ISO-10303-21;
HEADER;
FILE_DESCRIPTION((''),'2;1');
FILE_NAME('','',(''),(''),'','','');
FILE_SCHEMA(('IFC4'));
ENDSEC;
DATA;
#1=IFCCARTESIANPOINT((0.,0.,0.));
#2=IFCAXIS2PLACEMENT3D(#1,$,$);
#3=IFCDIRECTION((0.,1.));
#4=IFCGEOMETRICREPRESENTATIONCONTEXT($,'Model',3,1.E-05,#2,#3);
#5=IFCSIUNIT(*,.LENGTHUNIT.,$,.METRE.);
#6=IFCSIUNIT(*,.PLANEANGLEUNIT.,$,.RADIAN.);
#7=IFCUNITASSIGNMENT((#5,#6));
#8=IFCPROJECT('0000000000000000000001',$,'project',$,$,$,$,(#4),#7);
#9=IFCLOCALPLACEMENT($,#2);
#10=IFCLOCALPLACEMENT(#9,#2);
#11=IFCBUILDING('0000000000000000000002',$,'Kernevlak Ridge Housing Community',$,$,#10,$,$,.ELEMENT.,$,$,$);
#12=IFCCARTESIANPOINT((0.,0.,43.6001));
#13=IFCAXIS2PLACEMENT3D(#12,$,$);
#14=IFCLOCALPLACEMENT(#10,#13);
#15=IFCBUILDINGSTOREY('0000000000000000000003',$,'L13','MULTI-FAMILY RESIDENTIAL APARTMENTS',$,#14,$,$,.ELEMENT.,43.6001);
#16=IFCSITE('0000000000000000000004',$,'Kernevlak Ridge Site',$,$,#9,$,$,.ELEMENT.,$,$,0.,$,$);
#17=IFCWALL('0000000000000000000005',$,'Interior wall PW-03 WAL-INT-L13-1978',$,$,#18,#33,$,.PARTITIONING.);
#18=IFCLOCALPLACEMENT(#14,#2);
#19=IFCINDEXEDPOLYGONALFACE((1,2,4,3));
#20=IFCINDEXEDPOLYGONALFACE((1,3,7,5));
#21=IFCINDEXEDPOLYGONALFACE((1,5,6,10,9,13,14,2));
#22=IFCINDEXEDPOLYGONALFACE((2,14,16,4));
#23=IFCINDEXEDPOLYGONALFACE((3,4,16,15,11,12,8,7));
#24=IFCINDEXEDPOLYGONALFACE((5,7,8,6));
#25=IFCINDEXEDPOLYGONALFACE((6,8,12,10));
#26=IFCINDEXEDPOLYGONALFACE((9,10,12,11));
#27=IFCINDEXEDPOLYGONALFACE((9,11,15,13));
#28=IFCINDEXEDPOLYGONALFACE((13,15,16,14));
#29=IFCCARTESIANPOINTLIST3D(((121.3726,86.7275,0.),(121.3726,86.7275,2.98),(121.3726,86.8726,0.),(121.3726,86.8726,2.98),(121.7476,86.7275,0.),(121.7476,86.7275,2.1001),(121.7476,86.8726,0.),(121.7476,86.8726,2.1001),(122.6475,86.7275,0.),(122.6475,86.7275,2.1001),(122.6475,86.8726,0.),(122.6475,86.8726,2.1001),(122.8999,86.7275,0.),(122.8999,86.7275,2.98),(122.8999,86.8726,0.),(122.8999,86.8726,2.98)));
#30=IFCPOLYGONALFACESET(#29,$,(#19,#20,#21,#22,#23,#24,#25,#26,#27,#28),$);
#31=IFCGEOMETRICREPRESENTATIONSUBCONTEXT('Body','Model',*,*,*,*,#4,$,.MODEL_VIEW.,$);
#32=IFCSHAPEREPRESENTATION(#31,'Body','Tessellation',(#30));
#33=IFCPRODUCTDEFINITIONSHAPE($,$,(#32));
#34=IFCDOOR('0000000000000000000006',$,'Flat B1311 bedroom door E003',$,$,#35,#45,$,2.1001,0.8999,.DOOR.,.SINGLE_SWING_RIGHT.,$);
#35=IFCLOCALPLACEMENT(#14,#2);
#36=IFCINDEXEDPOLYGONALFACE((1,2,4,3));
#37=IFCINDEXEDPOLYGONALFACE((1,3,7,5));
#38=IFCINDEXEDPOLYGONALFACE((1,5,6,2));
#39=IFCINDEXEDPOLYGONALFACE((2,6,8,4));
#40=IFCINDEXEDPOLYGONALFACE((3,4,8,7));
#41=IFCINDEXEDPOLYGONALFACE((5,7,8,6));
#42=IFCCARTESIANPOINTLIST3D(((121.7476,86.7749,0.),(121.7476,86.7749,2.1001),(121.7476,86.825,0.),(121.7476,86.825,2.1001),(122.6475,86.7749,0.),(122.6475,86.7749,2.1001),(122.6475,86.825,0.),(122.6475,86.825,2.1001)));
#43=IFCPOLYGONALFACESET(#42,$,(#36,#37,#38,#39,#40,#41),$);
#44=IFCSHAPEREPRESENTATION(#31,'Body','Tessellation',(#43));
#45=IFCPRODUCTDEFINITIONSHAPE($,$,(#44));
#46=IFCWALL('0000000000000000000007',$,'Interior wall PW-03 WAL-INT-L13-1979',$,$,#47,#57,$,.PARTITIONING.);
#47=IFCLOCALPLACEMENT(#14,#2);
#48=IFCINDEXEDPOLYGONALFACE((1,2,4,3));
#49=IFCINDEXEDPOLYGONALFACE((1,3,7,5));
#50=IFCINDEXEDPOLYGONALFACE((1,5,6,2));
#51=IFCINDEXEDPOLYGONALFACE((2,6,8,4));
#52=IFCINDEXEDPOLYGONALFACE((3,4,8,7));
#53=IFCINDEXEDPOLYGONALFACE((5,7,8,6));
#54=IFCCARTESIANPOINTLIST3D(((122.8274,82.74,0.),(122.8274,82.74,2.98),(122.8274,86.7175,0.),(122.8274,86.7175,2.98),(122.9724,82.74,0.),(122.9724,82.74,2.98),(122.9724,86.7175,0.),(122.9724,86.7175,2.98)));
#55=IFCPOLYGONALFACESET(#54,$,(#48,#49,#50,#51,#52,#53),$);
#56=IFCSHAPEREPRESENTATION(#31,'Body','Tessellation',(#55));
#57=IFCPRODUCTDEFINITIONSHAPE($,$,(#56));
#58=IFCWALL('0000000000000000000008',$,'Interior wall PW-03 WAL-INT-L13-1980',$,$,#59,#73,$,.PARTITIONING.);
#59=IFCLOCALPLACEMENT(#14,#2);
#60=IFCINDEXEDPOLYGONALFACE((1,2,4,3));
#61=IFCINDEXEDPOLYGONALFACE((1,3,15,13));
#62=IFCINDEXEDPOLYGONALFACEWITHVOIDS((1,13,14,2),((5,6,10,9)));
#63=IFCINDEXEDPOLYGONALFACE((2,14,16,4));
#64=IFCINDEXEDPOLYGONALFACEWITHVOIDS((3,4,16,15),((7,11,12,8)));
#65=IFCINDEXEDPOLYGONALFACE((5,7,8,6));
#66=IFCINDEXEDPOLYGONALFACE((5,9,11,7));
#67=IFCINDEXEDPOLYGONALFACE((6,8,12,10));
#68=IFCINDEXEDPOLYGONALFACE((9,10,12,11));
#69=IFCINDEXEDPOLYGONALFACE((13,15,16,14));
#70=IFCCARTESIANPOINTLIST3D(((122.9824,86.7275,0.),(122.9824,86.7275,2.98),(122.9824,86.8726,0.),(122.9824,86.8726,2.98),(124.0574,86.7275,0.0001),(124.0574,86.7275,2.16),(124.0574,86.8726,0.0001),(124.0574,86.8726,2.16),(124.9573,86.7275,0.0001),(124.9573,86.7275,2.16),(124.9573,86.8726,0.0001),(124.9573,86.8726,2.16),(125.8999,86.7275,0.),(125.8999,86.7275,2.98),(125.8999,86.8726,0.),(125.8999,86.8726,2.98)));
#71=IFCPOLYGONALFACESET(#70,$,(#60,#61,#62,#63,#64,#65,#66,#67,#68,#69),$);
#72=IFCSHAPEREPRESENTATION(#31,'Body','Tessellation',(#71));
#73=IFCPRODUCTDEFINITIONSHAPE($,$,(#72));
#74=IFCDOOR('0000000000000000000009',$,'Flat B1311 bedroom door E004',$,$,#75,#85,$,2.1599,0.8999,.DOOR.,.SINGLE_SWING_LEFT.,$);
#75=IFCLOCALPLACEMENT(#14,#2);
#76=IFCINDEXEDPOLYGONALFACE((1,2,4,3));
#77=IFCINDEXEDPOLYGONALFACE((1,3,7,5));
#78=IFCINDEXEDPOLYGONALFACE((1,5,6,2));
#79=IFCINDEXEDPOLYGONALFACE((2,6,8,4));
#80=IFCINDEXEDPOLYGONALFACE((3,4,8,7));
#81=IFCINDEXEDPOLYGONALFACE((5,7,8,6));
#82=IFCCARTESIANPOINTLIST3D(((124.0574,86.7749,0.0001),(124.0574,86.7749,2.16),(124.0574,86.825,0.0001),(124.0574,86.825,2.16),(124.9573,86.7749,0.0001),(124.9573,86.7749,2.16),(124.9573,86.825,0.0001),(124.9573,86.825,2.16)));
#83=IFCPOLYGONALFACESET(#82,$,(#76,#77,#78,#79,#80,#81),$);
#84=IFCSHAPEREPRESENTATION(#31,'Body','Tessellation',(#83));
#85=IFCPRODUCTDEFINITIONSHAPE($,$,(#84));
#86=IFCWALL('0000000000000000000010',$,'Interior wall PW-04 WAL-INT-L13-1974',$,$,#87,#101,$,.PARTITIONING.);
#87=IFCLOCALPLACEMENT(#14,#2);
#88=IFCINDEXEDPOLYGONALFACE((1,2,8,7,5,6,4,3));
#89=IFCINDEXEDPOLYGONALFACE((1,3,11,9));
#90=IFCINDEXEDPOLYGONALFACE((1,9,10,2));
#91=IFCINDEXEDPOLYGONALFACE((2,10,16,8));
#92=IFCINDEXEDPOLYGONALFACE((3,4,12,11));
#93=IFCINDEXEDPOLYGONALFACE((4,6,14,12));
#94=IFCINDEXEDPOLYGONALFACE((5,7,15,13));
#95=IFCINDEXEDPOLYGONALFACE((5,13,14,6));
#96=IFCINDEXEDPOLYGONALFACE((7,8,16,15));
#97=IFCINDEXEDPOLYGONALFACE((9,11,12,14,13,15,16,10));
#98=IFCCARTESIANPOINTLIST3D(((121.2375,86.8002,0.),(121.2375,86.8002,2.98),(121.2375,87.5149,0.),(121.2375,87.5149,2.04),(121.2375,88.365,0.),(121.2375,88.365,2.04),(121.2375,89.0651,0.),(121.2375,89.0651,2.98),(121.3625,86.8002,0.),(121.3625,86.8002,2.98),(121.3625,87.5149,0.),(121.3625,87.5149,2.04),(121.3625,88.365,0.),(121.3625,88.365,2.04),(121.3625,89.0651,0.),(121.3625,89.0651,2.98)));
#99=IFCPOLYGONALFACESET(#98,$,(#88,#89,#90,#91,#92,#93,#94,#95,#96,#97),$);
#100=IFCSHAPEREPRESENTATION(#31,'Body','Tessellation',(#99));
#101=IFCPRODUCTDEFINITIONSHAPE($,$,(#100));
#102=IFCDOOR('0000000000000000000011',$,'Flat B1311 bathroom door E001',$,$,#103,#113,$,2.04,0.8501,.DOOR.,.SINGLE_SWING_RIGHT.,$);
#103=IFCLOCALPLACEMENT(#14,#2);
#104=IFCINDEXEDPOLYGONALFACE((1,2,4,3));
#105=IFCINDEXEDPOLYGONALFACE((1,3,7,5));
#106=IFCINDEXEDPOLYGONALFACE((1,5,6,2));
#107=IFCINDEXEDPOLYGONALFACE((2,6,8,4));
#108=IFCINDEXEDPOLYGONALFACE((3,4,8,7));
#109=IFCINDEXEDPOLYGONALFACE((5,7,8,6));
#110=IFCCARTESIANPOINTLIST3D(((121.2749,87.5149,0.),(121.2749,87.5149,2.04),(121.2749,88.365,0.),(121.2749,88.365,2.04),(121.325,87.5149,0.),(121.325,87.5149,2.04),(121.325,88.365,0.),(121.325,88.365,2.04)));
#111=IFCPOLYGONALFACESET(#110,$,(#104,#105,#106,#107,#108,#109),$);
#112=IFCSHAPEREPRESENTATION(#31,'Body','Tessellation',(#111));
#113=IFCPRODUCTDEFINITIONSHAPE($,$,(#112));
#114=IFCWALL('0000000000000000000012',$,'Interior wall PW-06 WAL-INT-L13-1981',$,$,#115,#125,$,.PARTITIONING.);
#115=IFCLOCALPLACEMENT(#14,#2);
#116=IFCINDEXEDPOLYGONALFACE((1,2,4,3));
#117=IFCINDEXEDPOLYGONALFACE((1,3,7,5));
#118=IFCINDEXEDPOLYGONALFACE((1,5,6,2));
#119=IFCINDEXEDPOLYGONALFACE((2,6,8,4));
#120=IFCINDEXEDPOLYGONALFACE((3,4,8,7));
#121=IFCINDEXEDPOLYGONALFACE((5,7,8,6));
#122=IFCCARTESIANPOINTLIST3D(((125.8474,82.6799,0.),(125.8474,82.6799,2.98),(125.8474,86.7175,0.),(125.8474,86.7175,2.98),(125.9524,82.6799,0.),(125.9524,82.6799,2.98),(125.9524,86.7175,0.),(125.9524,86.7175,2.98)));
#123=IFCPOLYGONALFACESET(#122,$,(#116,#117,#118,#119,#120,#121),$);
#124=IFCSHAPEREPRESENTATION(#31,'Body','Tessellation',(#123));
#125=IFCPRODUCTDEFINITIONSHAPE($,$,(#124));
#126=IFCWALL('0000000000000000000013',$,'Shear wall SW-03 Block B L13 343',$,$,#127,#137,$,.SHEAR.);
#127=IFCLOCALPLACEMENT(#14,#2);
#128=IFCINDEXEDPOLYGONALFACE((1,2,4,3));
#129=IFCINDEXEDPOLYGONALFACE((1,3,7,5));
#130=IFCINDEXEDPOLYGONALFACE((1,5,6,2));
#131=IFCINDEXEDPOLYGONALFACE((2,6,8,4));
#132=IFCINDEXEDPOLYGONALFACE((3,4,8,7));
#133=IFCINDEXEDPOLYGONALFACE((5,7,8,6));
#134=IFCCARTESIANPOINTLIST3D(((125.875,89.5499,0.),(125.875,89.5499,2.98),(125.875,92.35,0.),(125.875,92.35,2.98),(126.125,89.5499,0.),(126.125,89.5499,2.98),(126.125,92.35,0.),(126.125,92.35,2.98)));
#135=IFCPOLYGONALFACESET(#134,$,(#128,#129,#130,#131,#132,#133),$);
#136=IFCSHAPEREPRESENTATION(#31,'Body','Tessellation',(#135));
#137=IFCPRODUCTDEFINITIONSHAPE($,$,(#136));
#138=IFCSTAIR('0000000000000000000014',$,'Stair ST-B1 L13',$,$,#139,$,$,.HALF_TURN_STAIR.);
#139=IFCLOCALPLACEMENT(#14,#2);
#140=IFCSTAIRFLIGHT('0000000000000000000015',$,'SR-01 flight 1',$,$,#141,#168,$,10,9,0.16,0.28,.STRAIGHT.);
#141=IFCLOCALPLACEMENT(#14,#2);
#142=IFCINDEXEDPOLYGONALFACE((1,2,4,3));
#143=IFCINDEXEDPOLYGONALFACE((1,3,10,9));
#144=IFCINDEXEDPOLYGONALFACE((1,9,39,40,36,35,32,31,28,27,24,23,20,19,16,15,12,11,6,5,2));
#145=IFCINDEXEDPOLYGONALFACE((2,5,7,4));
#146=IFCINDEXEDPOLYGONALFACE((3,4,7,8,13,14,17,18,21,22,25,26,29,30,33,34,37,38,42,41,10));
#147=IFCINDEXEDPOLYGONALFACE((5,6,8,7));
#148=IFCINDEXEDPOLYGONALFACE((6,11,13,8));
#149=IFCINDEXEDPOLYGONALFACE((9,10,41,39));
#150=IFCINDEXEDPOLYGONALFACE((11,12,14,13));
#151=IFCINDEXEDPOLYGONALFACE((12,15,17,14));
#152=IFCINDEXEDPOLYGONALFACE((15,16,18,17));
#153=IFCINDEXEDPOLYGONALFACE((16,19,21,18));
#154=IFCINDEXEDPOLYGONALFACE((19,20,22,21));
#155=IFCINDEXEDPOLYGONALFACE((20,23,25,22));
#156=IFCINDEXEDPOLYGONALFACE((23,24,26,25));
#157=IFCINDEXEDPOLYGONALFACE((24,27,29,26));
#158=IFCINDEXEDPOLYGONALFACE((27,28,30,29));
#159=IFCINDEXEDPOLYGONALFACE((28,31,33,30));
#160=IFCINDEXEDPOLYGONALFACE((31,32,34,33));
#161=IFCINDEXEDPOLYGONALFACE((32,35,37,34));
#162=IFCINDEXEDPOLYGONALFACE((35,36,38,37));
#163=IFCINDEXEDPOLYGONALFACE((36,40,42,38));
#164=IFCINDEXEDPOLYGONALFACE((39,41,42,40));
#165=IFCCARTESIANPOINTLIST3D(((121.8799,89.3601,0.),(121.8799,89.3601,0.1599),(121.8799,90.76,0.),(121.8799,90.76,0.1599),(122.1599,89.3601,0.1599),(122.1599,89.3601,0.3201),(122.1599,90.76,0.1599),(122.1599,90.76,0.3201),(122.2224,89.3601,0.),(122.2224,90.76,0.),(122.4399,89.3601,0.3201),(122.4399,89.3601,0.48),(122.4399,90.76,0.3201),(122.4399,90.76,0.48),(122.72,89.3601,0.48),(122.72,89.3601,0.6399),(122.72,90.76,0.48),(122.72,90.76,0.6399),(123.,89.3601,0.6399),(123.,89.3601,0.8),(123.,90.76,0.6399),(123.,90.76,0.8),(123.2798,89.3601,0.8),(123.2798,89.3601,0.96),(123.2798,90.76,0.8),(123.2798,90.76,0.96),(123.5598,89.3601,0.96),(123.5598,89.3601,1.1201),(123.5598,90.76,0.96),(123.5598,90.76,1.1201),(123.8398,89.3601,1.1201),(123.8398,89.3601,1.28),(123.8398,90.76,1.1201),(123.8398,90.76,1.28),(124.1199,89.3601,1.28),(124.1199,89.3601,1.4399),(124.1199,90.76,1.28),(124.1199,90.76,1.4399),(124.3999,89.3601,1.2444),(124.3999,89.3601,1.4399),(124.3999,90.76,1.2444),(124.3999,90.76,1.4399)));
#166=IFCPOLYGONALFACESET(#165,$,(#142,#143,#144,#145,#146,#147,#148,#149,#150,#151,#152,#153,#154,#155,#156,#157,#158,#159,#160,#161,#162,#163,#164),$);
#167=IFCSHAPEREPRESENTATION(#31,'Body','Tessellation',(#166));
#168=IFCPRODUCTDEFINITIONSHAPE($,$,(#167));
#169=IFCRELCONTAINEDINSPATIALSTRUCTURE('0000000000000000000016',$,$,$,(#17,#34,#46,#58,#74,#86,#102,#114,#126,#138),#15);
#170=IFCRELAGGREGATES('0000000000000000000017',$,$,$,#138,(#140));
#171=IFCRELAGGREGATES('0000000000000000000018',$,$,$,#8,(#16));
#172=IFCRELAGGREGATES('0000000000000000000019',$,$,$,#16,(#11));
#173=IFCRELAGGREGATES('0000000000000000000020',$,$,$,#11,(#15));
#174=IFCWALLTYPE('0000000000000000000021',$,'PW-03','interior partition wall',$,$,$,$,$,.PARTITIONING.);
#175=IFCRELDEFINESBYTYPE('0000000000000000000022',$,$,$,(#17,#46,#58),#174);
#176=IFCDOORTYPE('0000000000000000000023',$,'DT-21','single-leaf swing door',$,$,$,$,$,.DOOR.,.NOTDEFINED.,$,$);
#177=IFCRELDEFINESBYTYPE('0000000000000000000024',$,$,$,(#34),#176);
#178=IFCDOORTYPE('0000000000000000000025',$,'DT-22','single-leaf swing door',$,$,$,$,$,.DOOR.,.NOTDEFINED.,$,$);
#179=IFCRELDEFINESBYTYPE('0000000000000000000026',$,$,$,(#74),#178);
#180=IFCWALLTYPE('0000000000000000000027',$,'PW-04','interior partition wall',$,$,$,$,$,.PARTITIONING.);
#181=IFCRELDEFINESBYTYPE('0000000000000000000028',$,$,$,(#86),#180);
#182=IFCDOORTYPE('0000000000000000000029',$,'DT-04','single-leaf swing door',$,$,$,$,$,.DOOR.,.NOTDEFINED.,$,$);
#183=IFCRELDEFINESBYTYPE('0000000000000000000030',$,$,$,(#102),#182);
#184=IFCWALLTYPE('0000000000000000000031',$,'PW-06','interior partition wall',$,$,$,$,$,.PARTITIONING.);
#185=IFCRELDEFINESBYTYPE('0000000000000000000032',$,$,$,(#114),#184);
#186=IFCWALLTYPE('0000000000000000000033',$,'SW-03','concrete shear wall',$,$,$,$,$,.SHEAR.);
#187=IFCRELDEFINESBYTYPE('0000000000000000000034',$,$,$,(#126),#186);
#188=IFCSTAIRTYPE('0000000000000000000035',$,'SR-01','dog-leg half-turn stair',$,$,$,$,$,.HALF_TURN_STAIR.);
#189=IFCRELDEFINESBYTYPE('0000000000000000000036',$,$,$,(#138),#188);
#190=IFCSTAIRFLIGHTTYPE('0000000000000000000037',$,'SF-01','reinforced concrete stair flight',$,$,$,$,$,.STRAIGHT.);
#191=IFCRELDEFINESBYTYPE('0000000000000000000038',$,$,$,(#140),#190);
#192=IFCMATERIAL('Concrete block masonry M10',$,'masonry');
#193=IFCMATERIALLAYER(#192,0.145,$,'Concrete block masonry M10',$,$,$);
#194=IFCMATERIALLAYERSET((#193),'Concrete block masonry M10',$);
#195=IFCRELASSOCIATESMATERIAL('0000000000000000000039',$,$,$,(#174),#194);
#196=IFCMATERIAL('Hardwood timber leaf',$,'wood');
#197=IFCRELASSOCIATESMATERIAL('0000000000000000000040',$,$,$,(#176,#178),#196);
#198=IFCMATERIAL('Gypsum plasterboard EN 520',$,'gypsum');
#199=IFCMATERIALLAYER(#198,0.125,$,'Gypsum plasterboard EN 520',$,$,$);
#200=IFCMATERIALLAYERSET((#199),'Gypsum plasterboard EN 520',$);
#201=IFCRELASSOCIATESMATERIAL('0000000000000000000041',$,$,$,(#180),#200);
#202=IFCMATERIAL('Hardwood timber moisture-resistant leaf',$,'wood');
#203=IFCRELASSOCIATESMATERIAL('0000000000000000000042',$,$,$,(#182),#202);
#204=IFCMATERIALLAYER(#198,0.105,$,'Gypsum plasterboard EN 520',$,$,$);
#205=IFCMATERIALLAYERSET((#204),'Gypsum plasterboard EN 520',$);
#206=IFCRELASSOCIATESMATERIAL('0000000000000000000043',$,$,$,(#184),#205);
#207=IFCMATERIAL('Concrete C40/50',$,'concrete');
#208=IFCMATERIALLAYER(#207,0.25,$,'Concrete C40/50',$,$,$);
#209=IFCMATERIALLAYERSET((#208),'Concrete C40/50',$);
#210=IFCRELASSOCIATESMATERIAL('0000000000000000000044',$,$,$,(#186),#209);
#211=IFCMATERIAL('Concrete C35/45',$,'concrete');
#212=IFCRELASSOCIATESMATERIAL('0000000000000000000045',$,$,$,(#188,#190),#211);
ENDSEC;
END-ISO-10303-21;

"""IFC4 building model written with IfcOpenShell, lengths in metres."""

from ifc_helpers import new_model, si_unit, direction, frame, frame_2d, origin, place, context, subcontext, project, spatial, polyline, rectangle, outline, extrude, material, layer, layer_set, type_object, element, fill, aggregate, save


model = new_model("IFC4")

# Units and contexts
model_context = context("Model", 3, precision=1e-05, world=origin(), true_north=direction((0.0, 1.0)))
body_context = subcontext(model_context, "Body", "Model", "MODEL_VIEW")
ifc_project = project(units=[si_unit("LENGTHUNIT", "METRE"), si_unit("PLANEANGLEUNIT", "RADIAN")], contexts=[model_context])

# Site, building, storey
site_placement = place(None, origin())
site = spatial("IfcSite", under=ifc_project, at=site_placement, Name="Kernevlak Ridge Site", CompositionType="ELEMENT", RefElevation=0.0)
building_placement = place(site_placement, origin())
building = spatial("IfcBuilding", under=site, at=building_placement, Name="Kernevlak Ridge Housing Community", CompositionType="ELEMENT")
storey_placement = place(building_placement, frame((0.0, 0.0, 43.6001)))
storey = spatial("IfcBuildingStorey", under=building, at=storey_placement, Name="L13", Description="MULTI-FAMILY RESIDENTIAL APARTMENTS", CompositionType="ELEMENT", Elevation=43.6001)

# Shared definitions
ifc_material_1 = material(Name="Concrete C35/45", Category="concrete")

# Shared definitions
ifc_material_2 = material(Name="Concrete block masonry M10", Category="masonry")

# Wall, opening, door
ifc_layer_1 = layer(ifc_material_2, 0.145, Name="Concrete block masonry M10")
ifc_layer_set_1 = layer_set([ifc_layer_1], Name="Concrete block masonry M10")
wall_type_1 = type_object("IfcWallType", Name="PW-03", Description="interior partition wall", PredefinedType="PARTITIONING", material=ifc_layer_set_1)
wall_1_placement = place(storey_placement, frame((121.3726, 86.8, 0.0), z_axis=(0.0, 0.0, 1.0), x_axis=(1.0, 0.0, 0.0)))
wall_1 = element("IfcWall", 1, at=wall_1_placement, inside=storey, type_object=wall_type_1, Name="Interior wall PW-03 WAL-INT-L13-1978", PredefinedType="PARTITIONING", context=body_context, shape_type="SweptSolid", body=[
    extrude(rectangle(XDim=1.5273, YDim=0.145, at=frame_2d((0.7637, 0.0))), origin(), (0.0, 0.0, 1.0), 2.98),
])
opening_1_placement = place(wall_1_placement, frame((0.375, 0.0, 0.0)))
opening_1 = element("IfcOpeningElement", 2, at=opening_1_placement, cuts=wall_1, PredefinedType="OPENING", context=body_context, shape_type="SweptSolid", body=[
    extrude(rectangle(XDim=0.8999, YDim=2.1001, at=frame_2d((0.45, 1.05))), frame((0.0, 0.0825, 0.0), z_axis=(0.0, -1.0, 0.0), x_axis=(1.0, 0.0, 0.0)), (0.0, 0.0, 1.0), 0.165),
])
ifc_material_3 = material(Name="Hardwood timber leaf", Category="wood")
door_type_1 = type_object("IfcDoorType", Name="DT-21", Description="single-leaf swing door", OperationType="NOTDEFINED", PredefinedType="DOOR", material=ifc_material_3)
door_1_placement = place(opening_1_placement, origin())
door_1 = element("IfcDoor", 3, at=door_1_placement, inside=storey, type_object=door_type_1, Name="Flat B1311 bedroom door E003", OperationType="SINGLE_SWING_RIGHT", OverallHeight=2.1001, OverallWidth=0.8999, PredefinedType="DOOR", context=body_context, shape_type="SweptSolid", body=[
    extrude(rectangle(XDim=0.8999, YDim=2.1001, at=frame_2d((0.45, 1.05))), frame((0.0, 0.0249, 0.0), z_axis=(0.0, -1.0, 0.0), x_axis=(1.0, 0.0, 0.0)), (0.0, 0.0, 1.0), 0.05),
])
fill(opening_1, door_1)

# Wall
wall_2_placement = place(storey_placement, frame((122.8999, 86.7175, 0.0), z_axis=(0.0, 0.0, 1.0), x_axis=(0.0, -1.0, 0.0)))
element("IfcWall", 4, at=wall_2_placement, inside=storey, type_object=wall_type_1, Name="Interior wall PW-03 WAL-INT-L13-1979", PredefinedType="PARTITIONING", context=body_context, shape_type="SweptSolid", body=[
    extrude(rectangle(XDim=3.9775, YDim=0.145, at=frame_2d((1.9888, 0.0))), origin(), (0.0, 0.0, 1.0), 2.98),
])

# Walls, openings, doors
wall_3_placement = place(storey_placement, frame((122.9824, 86.8, 0.0), z_axis=(0.0, 0.0, 1.0), x_axis=(1.0, 0.0, 0.0)))
wall_3 = element("IfcWall", 5, at=wall_3_placement, inside=storey, type_object=wall_type_1, Name="Interior wall PW-03 WAL-INT-L13-1980", PredefinedType="PARTITIONING", context=body_context, shape_type="SweptSolid", body=[
    extrude(rectangle(XDim=2.9175, YDim=0.145, at=frame_2d((1.4587, 0.0))), origin(), (0.0, 0.0, 1.0), 2.98),
])
opening_2_placement = place(wall_3_placement, frame((1.075, 0.0, 0.0)))
opening_2 = element("IfcOpeningElement", 6, at=opening_2_placement, cuts=wall_3, PredefinedType="OPENING", context=body_context, shape_type="SweptSolid", body=[
    extrude(rectangle(XDim=0.8999, YDim=2.1599, at=frame_2d((0.45, 1.0801))), frame((0.0, 0.0825, 0.0), z_axis=(0.0, -1.0, 0.0), x_axis=(1.0, 0.0, 0.0)), (0.0, 0.0, 1.0), 0.165),
])
door_type_2 = type_object("IfcDoorType", Name="DT-22", Description="single-leaf swing door", OperationType="NOTDEFINED", PredefinedType="DOOR", material=ifc_material_3)
door_2_placement = place(opening_2_placement, origin())
door_2 = element("IfcDoor", 7, at=door_2_placement, inside=storey, type_object=door_type_2, Name="Flat B1311 bedroom door E004", OperationType="SINGLE_SWING_LEFT", OverallHeight=2.1599, OverallWidth=0.8999, PredefinedType="DOOR", context=body_context, shape_type="SweptSolid", body=[
    extrude(rectangle(XDim=0.8999, YDim=2.1599, at=frame_2d((0.45, 1.0801))), frame((0.0, 0.0249, 0.0), z_axis=(0.0, -1.0, 0.0), x_axis=(1.0, 0.0, 0.0)), (0.0, 0.0, 1.0), 0.05),
])
fill(opening_2, door_2)
ifc_material_4 = material(Name="Gypsum plasterboard EN 520", Category="gypsum")
ifc_layer_2 = layer(ifc_material_4, 0.125, Name="Gypsum plasterboard EN 520")
ifc_layer_set_2 = layer_set([ifc_layer_2], Name="Gypsum plasterboard EN 520")
wall_type_2 = type_object("IfcWallType", Name="PW-04", Description="interior partition wall", PredefinedType="PARTITIONING", material=ifc_layer_set_2)
wall_4_placement = place(storey_placement, frame((121.3, 89.0649, 0.0), z_axis=(0.0, 0.0, 1.0), x_axis=(0.0, -1.0, 0.0)))
wall_4 = element("IfcWall", 8, at=wall_4_placement, inside=storey, type_object=wall_type_2, Name="Interior wall PW-04 WAL-INT-L13-1974", PredefinedType="PARTITIONING", context=body_context, shape_type="SweptSolid", body=[
    extrude(rectangle(XDim=2.2649, YDim=0.125, at=frame_2d((1.1323, 0.0))), origin(), (0.0, 0.0, 1.0), 2.98),
])
opening_3_placement = place(wall_4_placement, frame((0.7, 0.0, 0.0)))
opening_3 = element("IfcOpeningElement", 9, at=opening_3_placement, cuts=wall_4, PredefinedType="OPENING", context=body_context, shape_type="SweptSolid", body=[
    extrude(rectangle(XDim=0.8501, YDim=2.04, at=frame_2d((0.425, 1.02))), frame((0.0, 0.0725, 0.0), z_axis=(0.0, -1.0, 0.0), x_axis=(1.0, 0.0, 0.0)), (0.0, 0.0, 1.0), 0.145),
])
ifc_material_5 = material(Name="Hardwood timber moisture-resistant leaf", Category="wood")
door_type_3 = type_object("IfcDoorType", Name="DT-04", Description="single-leaf swing door", OperationType="NOTDEFINED", PredefinedType="DOOR", material=ifc_material_5)
door_3_placement = place(opening_3_placement, origin())
door_3 = element("IfcDoor", 10, at=door_3_placement, inside=storey, type_object=door_type_3, Name="Flat B1311 bathroom door E001", OperationType="SINGLE_SWING_RIGHT", OverallHeight=2.04, OverallWidth=0.8501, PredefinedType="DOOR", context=body_context, shape_type="SweptSolid", body=[
    extrude(rectangle(XDim=0.8501, YDim=2.04, at=frame_2d((0.425, 1.02))), frame((0.0, 0.0249, 0.0), z_axis=(0.0, -1.0, 0.0), x_axis=(1.0, 0.0, 0.0)), (0.0, 0.0, 1.0), 0.05),
])
fill(opening_3, door_3)

# Walls
ifc_layer_3 = layer(ifc_material_4, 0.105, Name="Gypsum plasterboard EN 520")
ifc_layer_set_3 = layer_set([ifc_layer_3], Name="Gypsum plasterboard EN 520")
wall_type_3 = type_object("IfcWallType", Name="PW-06", Description="interior partition wall", PredefinedType="PARTITIONING", material=ifc_layer_set_3)
wall_5_placement = place(storey_placement, frame((125.8999, 86.7175, 0.0), z_axis=(0.0, 0.0, 1.0), x_axis=(0.0, -1.0, 0.0)))
element("IfcWall", 11, at=wall_5_placement, inside=storey, type_object=wall_type_3, Name="Interior wall PW-06 WAL-INT-L13-1981", PredefinedType="PARTITIONING", context=body_context, shape_type="SweptSolid", body=[
    extrude(rectangle(XDim=4.0376, YDim=0.105, at=frame_2d((2.0188, 0.0))), origin(), (0.0, 0.0, 1.0), 2.98),
])
ifc_material_6 = material(Name="Concrete C40/50", Category="concrete")
ifc_layer_4 = layer(ifc_material_6, 0.25, Name="Concrete C40/50")
ifc_layer_set_4 = layer_set([ifc_layer_4], Name="Concrete C40/50")
wall_type_4 = type_object("IfcWallType", Name="SW-03", Description="concrete shear wall", PredefinedType="SHEAR", material=ifc_layer_set_4)
wall_6_placement = place(storey_placement, frame((126.0, 89.55, 0.0), z_axis=(0.0, 0.0, 1.0), x_axis=(0.0, 1.0, 0.0)))
element("IfcWall", 12, at=wall_6_placement, inside=storey, type_object=wall_type_4, Name="Shear wall SW-03 Block B L13 343", PredefinedType="SHEAR", context=body_context, shape_type="SweptSolid", body=[
    extrude(rectangle(XDim=2.8, YDim=0.25, at=frame_2d((1.3999, 0.0))), origin(), (0.0, 0.0, 1.0), 2.98),
])

# Stair, stair flight
stair_type = type_object("IfcStairType", Name="SR-01", Description="dog-leg half-turn stair", PredefinedType="HALF_TURN_STAIR", material=ifc_material_1)
stair_placement = place(storey_placement, origin())
stair = element("IfcStair", 13, at=stair_placement, inside=storey, type_object=stair_type, Name="Stair ST-B1 L13", PredefinedType="HALF_TURN_STAIR")
stair_flight_type = type_object("IfcStairFlightType", Name="SF-01", Description="reinforced concrete stair flight", PredefinedType="STRAIGHT", material=ifc_material_1)
stair_flight_placement = place(storey_placement, frame((121.8799, 90.0601, 0.0), z_axis=(0.0, 0.0, 1.0), x_axis=(1.0, 0.0, 0.0)))
stair_flight = element("IfcStairFlight", 14, at=stair_flight_placement, type_object=stair_flight_type, Name="SR-01 flight 1", NumberOfRisers=10, NumberOfTreads=9, PredefinedType="STRAIGHT", RiserHeight=0.16, TreadLength=0.28, context=body_context, shape_type="SweptSolid", body=[
    extrude(outline(polyline([(0.0, 0.0), (0.0, 0.1599), (0.28, 0.1599), (0.28, 0.3201), (0.5601, 0.3201), (0.5601, 0.48), (0.8401, 0.48), (0.8401, 0.6399), (1.1201, 0.6399), (1.1201, 0.8), (1.3999, 0.8), (1.3999, 0.96), (1.6799, 0.96), (1.6799, 1.1201), (1.96, 1.1201), (1.96, 1.28), (2.24, 1.28), (2.24, 1.4399), (2.52, 1.4399), (2.52, 1.6001), (2.52, 1.2444), (0.3425, 0.0), (0.0, 0.0)])), frame((0.0, 0.7, 0.0), z_axis=(0.0, -1.0, 0.0), x_axis=(1.0, 0.0, 0.0)), (0.0, 0.0, 1.0), 1.3999),
])
aggregate(stair, [stair_flight])

save(model, "model.ifc")
